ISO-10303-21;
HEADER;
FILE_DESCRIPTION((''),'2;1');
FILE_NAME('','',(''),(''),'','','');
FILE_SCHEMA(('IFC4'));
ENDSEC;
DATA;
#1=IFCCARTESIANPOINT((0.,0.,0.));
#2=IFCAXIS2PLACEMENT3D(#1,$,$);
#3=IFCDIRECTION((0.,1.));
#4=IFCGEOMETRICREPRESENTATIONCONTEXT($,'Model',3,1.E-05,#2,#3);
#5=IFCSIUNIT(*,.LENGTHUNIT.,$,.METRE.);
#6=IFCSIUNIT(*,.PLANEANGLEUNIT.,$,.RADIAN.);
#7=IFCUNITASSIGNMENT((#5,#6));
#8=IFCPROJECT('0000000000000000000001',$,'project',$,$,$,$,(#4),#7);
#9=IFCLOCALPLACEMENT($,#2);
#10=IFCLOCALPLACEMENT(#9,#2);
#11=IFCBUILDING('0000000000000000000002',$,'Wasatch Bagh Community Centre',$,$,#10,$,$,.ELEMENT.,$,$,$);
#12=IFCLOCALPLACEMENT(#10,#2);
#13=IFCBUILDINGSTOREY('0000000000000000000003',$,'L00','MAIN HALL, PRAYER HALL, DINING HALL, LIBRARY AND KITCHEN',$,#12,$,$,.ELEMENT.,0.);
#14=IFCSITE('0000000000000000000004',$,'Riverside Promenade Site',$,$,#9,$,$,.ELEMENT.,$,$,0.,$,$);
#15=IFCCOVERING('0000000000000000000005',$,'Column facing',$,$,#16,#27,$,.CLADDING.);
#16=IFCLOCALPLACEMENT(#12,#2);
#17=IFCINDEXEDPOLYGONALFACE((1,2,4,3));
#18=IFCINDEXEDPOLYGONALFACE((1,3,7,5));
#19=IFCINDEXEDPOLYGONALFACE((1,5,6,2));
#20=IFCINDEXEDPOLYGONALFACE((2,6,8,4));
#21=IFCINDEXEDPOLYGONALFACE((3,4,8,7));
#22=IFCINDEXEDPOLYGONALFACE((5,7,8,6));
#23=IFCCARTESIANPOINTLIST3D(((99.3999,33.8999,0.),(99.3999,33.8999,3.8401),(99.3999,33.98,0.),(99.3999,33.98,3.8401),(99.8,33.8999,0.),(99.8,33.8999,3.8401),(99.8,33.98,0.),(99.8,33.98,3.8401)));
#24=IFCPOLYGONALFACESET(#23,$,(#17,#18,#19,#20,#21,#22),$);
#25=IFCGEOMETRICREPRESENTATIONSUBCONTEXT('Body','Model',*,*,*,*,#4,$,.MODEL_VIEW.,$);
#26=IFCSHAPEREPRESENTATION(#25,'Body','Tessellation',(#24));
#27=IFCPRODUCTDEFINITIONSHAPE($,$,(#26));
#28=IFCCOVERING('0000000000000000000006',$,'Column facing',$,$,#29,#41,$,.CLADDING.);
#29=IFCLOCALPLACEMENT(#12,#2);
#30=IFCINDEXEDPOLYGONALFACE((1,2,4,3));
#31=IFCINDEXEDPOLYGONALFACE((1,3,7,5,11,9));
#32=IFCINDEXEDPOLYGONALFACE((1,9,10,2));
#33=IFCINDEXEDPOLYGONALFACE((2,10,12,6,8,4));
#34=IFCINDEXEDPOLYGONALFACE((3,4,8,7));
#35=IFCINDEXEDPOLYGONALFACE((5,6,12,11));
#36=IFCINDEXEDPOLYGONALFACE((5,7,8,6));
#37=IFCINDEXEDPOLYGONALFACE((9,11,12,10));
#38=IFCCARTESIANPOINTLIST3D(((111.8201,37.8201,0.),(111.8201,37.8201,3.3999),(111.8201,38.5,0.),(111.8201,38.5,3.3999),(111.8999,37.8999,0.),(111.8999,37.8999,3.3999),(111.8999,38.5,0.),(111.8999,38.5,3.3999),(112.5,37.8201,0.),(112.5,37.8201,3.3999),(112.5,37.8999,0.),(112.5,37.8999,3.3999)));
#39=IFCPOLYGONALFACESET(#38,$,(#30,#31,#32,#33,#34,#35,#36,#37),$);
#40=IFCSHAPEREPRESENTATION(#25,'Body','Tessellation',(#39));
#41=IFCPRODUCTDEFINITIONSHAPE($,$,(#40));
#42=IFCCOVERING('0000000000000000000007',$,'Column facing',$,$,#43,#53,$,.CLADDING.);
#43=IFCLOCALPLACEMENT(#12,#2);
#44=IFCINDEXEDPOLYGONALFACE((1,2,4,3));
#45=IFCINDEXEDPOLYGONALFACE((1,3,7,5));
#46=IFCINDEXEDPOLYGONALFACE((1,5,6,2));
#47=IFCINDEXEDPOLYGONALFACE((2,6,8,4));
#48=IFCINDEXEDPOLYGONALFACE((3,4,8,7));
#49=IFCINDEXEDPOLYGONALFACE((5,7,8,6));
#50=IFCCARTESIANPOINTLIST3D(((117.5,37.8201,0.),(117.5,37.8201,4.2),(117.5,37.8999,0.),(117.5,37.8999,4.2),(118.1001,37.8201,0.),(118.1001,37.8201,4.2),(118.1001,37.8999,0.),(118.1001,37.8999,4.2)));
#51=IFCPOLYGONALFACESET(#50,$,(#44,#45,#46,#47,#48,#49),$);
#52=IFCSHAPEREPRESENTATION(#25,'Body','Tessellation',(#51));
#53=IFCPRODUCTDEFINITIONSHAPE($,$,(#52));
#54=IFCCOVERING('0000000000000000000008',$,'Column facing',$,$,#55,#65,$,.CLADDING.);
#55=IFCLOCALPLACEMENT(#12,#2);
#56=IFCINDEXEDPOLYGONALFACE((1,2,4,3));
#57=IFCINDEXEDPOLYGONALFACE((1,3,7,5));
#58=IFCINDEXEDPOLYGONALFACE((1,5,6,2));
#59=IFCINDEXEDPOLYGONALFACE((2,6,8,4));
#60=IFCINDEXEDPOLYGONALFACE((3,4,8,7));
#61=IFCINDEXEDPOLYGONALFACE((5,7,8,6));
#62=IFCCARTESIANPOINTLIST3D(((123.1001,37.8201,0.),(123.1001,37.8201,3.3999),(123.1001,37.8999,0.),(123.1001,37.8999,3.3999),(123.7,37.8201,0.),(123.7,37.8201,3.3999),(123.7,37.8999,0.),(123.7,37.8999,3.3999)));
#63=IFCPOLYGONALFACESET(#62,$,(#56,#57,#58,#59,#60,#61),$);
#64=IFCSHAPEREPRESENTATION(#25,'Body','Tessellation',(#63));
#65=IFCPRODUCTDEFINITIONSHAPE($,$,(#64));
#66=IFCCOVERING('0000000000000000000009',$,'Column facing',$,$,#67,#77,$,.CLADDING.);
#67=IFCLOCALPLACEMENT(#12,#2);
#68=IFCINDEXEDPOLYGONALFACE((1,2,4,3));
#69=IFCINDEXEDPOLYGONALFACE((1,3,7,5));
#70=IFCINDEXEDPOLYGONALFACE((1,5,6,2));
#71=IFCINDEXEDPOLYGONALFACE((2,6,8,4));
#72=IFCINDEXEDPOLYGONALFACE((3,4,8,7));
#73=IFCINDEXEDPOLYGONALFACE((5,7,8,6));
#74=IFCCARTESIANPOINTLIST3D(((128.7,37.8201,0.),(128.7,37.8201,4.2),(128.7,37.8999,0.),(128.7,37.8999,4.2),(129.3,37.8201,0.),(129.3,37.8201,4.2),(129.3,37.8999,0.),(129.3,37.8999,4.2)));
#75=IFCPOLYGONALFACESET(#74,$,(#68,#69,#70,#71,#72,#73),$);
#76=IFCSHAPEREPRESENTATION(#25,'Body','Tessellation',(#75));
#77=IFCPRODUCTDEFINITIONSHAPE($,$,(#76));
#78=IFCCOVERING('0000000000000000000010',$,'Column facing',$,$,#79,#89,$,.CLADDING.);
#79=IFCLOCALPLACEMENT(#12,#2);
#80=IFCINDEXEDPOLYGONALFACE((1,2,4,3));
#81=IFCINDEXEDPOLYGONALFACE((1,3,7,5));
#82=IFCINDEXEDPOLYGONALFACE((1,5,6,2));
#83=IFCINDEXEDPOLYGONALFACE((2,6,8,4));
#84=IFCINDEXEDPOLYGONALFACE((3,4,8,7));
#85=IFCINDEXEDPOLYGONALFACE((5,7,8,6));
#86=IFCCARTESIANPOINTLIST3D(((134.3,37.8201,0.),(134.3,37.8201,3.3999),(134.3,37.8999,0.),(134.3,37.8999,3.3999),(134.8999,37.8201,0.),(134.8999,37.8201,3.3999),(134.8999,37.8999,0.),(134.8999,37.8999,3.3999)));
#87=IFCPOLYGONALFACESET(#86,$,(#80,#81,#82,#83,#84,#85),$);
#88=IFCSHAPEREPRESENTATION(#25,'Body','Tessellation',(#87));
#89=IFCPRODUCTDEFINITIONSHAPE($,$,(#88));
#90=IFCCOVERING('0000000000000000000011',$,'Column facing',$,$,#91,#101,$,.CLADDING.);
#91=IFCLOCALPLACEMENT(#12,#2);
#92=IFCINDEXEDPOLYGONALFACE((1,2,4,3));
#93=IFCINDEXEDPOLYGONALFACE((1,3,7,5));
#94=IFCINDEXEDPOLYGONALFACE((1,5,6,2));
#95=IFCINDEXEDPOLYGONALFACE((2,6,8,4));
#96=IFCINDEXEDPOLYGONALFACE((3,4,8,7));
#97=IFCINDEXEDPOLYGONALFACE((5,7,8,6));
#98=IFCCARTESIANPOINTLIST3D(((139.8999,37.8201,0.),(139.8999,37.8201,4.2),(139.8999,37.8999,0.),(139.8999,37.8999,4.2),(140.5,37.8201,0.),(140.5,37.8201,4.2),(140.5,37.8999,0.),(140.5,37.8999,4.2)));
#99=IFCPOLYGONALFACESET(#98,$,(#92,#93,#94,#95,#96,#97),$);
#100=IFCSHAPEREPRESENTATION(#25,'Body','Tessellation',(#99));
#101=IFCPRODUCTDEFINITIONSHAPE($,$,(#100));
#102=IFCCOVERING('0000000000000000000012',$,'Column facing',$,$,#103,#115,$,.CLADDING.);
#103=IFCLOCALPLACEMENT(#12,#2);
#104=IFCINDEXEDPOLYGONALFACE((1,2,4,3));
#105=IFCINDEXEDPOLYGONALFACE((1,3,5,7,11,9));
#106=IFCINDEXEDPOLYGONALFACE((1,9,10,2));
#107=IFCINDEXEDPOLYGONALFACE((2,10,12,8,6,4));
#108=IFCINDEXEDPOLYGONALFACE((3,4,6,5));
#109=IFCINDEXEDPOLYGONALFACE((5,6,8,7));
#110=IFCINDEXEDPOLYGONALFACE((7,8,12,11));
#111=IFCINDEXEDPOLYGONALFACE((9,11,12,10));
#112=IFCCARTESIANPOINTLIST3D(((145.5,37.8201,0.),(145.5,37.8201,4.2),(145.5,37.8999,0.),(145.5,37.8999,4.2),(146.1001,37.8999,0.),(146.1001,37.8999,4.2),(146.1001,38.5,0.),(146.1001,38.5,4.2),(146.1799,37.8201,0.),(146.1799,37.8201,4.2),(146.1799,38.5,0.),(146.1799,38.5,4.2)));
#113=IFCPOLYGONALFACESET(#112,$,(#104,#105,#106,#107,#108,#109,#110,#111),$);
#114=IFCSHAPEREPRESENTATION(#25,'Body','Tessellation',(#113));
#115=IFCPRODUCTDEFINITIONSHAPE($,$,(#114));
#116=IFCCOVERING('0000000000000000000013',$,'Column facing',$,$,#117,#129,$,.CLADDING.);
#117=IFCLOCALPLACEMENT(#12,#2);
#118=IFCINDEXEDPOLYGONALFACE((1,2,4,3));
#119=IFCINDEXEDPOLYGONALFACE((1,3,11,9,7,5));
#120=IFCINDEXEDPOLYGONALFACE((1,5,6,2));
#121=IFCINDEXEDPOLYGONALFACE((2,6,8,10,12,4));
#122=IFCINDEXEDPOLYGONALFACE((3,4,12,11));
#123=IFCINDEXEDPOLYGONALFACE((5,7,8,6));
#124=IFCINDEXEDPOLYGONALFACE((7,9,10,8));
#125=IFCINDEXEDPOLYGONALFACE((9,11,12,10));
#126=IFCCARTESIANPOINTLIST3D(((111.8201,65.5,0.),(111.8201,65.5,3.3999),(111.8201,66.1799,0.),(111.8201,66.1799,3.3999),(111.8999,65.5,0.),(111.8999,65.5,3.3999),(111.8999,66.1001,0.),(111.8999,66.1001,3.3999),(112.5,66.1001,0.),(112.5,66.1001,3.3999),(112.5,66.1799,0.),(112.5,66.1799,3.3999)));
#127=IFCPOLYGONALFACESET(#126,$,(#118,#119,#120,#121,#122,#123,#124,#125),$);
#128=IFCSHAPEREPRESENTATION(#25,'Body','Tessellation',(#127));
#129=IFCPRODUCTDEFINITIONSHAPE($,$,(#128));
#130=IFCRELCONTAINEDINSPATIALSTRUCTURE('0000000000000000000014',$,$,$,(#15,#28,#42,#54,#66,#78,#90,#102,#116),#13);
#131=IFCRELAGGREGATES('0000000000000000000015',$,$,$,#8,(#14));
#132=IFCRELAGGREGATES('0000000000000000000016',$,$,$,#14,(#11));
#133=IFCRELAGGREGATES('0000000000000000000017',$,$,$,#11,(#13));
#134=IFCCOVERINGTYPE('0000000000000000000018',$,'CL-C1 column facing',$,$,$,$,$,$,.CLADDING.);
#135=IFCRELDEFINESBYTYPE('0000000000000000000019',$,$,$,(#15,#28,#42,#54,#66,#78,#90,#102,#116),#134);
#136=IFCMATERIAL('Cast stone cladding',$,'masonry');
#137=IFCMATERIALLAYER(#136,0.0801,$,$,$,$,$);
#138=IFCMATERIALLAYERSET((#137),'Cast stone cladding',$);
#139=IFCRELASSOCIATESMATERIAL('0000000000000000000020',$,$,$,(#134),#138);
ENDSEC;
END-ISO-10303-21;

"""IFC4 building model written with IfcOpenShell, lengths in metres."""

from ifc_helpers import new_model, si_unit, direction, origin, place, context, subcontext, project, spatial, polyline, outline, extrude, material, layer, layer_set, type_object, element, save


model = new_model("IFC4")

# Units and contexts
model_context = context("Model", 3, precision=1e-05, world=origin(), true_north=direction((0.0, 1.0)))
body_context = subcontext(model_context, "Body", "Model", "MODEL_VIEW")
ifc_project = project(units=[si_unit("LENGTHUNIT", "METRE"), si_unit("PLANEANGLEUNIT", "RADIAN")], contexts=[model_context])

# Site, building, storey
site_placement = place(None, origin())
site = spatial("IfcSite", under=ifc_project, at=site_placement, Name="Riverside Promenade Site", CompositionType="ELEMENT", RefElevation=0.0)
building_placement = place(site_placement, origin())
building = spatial("IfcBuilding", under=site, at=building_placement, Name="Wasatch Bagh Community Centre", CompositionType="ELEMENT")
storey_placement = place(building_placement, origin())
storey = spatial("IfcBuildingStorey", under=building, at=storey_placement, Name="L00", Description="MAIN HALL, PRAYER HALL, DINING HALL, LIBRARY AND KITCHEN", CompositionType="ELEMENT", Elevation=0.0)

# Coverings
ifc_material = material(Name="Cast stone cladding", Category="masonry")
ifc_layer = layer(ifc_material, 0.0801)
ifc_layer_set = layer_set([ifc_layer], Name="Cast stone cladding")
covering_type = type_object("IfcCoveringType", Name="CL-C1 column facing", PredefinedType="CLADDING", material=ifc_layer_set)
covering_1_placement = place(storey_placement, origin())
element("IfcCovering", 1, at=covering_1_placement, inside=storey, type_object=covering_type, Name="Column facing", PredefinedType="CLADDING", context=body_context, shape_type="SweptSolid", body=[
    extrude(outline(polyline([(99.8, 33.8999), (99.3999, 33.8999), (99.3999, 33.98), (99.8, 33.98), (99.8, 33.8999)])), origin(), (0.0, 0.0, 1.0), 3.8401),
])
covering_2_placement = place(storey_placement, origin())
element("IfcCovering", 2, at=covering_2_placement, inside=storey, type_object=covering_type, Name="Column facing", PredefinedType="CLADDING", context=body_context, shape_type="SweptSolid", body=[
    extrude(outline(polyline([(111.8201, 37.8201), (111.8201, 38.5), (111.8999, 38.5), (111.8999, 37.8999), (112.5, 37.8999), (112.5, 37.8201), (111.8201, 37.8201)])), origin(), (0.0, 0.0, 1.0), 3.3999),
])
covering_3_placement = place(storey_placement, origin())
element("IfcCovering", 3, at=covering_3_placement, inside=storey, type_object=covering_type, Name="Column facing", PredefinedType="CLADDING", context=body_context, shape_type="SweptSolid", body=[
    extrude(outline(polyline([(117.5, 37.8999), (118.1001, 37.8999), (118.1001, 37.8201), (117.5, 37.8201), (117.5, 37.8999)])), origin(), (0.0, 0.0, 1.0), 4.2),
])
covering_4_placement = place(storey_placement, origin())
element("IfcCovering", 4, at=covering_4_placement, inside=storey, type_object=covering_type, Name="Column facing", PredefinedType="CLADDING", context=body_context, shape_type="SweptSolid", body=[
    extrude(outline(polyline([(123.1001, 37.8999), (123.7, 37.8999), (123.7, 37.8201), (123.1001, 37.8201), (123.1001, 37.8999)])), origin(), (0.0, 0.0, 1.0), 3.3999),
])
covering_5_placement = place(storey_placement, origin())
element("IfcCovering", 5, at=covering_5_placement, inside=storey, type_object=covering_type, Name="Column facing", PredefinedType="CLADDING", context=body_context, shape_type="SweptSolid", body=[
    extrude(outline(polyline([(128.7, 37.8999), (129.3, 37.8999), (129.3, 37.8201), (128.7, 37.8201), (128.7, 37.8999)])), origin(), (0.0, 0.0, 1.0), 4.2),
])
covering_6_placement = place(storey_placement, origin())
element("IfcCovering", 6, at=covering_6_placement, inside=storey, type_object=covering_type, Name="Column facing", PredefinedType="CLADDING", context=body_context, shape_type="SweptSolid", body=[
    extrude(outline(polyline([(134.3, 37.8999), (134.8999, 37.8999), (134.8999, 37.8201), (134.3, 37.8201), (134.3, 37.8999)])), origin(), (0.0, 0.0, 1.0), 3.3999),
])
covering_7_placement = place(storey_placement, origin())
element("IfcCovering", 7, at=covering_7_placement, inside=storey, type_object=covering_type, Name="Column facing", PredefinedType="CLADDING", context=body_context, shape_type="SweptSolid", body=[
    extrude(outline(polyline([(139.8999, 37.8999), (140.5, 37.8999), (140.5, 37.8201), (139.8999, 37.8201), (139.8999, 37.8999)])), origin(), (0.0, 0.0, 1.0), 4.2),
])
covering_8_placement = place(storey_placement, origin())
element("IfcCovering", 8, at=covering_8_placement, inside=storey, type_object=covering_type, Name="Column facing", PredefinedType="CLADDING", context=body_context, shape_type="SweptSolid", body=[
    extrude(outline(polyline([(146.1001, 37.8999), (146.1001, 38.5), (146.1799, 38.5), (146.1799, 37.8201), (145.5, 37.8201), (145.5, 37.8999), (146.1001, 37.8999)])), origin(), (0.0, 0.0, 1.0), 4.2),
])
covering_9_placement = place(storey_placement, origin())
element("IfcCovering", 9, at=covering_9_placement, inside=storey, type_object=covering_type, Name="Column facing", PredefinedType="CLADDING", context=body_context, shape_type="SweptSolid", body=[
    extrude(outline(polyline([(111.8999, 65.5), (111.8201, 65.5), (111.8201, 66.1799), (112.5, 66.1799), (112.5, 66.1001), (111.8999, 66.1001), (111.8999, 65.5)])), origin(), (0.0, 0.0, 1.0), 3.3999),
])

save(model, "model.ifc")
